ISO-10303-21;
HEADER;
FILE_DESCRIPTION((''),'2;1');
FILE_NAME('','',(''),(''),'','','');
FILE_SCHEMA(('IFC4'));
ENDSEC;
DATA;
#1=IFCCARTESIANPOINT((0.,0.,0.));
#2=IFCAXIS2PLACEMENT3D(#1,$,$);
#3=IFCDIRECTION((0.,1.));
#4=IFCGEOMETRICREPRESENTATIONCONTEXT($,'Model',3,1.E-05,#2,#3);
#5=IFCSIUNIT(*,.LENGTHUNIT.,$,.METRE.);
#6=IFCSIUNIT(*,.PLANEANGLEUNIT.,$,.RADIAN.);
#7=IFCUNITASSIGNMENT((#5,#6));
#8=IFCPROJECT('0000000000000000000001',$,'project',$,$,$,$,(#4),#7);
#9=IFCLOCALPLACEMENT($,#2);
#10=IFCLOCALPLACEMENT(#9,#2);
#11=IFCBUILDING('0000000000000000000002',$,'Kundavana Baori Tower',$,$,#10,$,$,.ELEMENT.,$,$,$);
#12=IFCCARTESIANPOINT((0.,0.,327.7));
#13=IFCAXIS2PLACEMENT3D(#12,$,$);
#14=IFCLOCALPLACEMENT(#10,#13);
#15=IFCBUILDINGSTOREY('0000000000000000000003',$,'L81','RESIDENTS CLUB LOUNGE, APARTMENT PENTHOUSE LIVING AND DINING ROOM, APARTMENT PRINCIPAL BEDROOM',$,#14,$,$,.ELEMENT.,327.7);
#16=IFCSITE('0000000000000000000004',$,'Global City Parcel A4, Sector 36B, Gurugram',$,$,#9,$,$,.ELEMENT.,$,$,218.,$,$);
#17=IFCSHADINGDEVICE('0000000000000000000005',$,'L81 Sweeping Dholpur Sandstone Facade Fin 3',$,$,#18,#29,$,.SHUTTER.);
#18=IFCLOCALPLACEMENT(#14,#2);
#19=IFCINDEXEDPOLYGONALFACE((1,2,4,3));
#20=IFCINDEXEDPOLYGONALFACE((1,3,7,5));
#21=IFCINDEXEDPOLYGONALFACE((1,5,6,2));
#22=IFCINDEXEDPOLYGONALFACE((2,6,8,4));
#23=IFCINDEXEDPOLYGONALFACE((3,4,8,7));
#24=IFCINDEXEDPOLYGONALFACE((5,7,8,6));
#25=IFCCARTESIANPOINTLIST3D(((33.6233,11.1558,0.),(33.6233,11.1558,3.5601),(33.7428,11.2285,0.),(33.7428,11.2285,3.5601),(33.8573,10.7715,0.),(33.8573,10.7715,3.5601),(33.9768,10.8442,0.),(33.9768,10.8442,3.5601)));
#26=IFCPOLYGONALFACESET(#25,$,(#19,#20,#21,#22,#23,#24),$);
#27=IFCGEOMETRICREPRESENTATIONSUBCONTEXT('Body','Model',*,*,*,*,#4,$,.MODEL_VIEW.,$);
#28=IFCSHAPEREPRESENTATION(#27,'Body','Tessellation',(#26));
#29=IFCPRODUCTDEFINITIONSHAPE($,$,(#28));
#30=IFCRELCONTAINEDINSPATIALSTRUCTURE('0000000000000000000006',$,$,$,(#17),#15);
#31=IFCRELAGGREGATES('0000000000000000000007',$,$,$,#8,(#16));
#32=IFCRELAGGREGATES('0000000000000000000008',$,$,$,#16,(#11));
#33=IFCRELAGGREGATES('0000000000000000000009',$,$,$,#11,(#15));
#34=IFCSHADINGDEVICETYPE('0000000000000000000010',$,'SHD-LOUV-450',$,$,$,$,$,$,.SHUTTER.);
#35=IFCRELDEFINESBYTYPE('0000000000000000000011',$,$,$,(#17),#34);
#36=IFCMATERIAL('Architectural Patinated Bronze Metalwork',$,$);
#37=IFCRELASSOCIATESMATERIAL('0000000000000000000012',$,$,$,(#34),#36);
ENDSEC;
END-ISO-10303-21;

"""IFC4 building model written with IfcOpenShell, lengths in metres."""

from ifc_helpers import new_model, si_unit, direction, frame, origin, origin_2d, place, context, subcontext, project, spatial, rectangle, extrude, material, type_object, element, save


model = new_model("IFC4")

# Units and contexts
model_context = context("Model", 3, precision=1e-05, world=origin(), true_north=direction((0.0, 1.0)))
body_context = subcontext(model_context, "Body", "Model", "MODEL_VIEW")
ifc_project = project(units=[si_unit("LENGTHUNIT", "METRE"), si_unit("PLANEANGLEUNIT", "RADIAN")], contexts=[model_context])

# Site, building, storey
site_placement = place(None, origin())
site = spatial("IfcSite", under=ifc_project, at=site_placement, Name="Global City Parcel A4, Sector 36B, Gurugram", CompositionType="ELEMENT", RefElevation=218.0)
building_placement = place(site_placement, origin())
building = spatial("IfcBuilding", under=site, at=building_placement, Name="Kundavana Baori Tower", CompositionType="ELEMENT")
storey_placement = place(building_placement, frame((0.0, 0.0, 327.7)))
storey = spatial("IfcBuildingStorey", under=building, at=storey_placement, Name="L81", Description="RESIDENTS CLUB LOUNGE, APARTMENT PENTHOUSE LIVING AND DINING ROOM, APARTMENT PRINCIPAL BEDROOM", CompositionType="ELEMENT", Elevation=327.7)

# Shading device
ifc_material_1 = material(Name="Architectural Patinated Bronze Metalwork")
shading_device_type = type_object("IfcShadingDeviceType", Name="SHD-LOUV-450", PredefinedType="SHUTTER", material=ifc_material_1)
shading_device_placement = place(storey_placement, frame((33.8, 11.0, 0.0), z_axis=(0.0, 0.0, 1.0), x_axis=(0.854096, 0.520116, 0.0)))
element("IfcShadingDevice", 1, at=shading_device_placement, inside=storey, type_object=shading_device_type, Name="L81 Sweeping Dholpur Sandstone Facade Fin 3", PredefinedType="SHUTTER", context=body_context, shape_type="SweptSolid", body=[
    extrude(rectangle(XDim=0.1399, YDim=0.45, at=origin_2d()), origin(), (0.0, 0.0, 1.0), 3.5601),
])

save(model, "model.ifc")
